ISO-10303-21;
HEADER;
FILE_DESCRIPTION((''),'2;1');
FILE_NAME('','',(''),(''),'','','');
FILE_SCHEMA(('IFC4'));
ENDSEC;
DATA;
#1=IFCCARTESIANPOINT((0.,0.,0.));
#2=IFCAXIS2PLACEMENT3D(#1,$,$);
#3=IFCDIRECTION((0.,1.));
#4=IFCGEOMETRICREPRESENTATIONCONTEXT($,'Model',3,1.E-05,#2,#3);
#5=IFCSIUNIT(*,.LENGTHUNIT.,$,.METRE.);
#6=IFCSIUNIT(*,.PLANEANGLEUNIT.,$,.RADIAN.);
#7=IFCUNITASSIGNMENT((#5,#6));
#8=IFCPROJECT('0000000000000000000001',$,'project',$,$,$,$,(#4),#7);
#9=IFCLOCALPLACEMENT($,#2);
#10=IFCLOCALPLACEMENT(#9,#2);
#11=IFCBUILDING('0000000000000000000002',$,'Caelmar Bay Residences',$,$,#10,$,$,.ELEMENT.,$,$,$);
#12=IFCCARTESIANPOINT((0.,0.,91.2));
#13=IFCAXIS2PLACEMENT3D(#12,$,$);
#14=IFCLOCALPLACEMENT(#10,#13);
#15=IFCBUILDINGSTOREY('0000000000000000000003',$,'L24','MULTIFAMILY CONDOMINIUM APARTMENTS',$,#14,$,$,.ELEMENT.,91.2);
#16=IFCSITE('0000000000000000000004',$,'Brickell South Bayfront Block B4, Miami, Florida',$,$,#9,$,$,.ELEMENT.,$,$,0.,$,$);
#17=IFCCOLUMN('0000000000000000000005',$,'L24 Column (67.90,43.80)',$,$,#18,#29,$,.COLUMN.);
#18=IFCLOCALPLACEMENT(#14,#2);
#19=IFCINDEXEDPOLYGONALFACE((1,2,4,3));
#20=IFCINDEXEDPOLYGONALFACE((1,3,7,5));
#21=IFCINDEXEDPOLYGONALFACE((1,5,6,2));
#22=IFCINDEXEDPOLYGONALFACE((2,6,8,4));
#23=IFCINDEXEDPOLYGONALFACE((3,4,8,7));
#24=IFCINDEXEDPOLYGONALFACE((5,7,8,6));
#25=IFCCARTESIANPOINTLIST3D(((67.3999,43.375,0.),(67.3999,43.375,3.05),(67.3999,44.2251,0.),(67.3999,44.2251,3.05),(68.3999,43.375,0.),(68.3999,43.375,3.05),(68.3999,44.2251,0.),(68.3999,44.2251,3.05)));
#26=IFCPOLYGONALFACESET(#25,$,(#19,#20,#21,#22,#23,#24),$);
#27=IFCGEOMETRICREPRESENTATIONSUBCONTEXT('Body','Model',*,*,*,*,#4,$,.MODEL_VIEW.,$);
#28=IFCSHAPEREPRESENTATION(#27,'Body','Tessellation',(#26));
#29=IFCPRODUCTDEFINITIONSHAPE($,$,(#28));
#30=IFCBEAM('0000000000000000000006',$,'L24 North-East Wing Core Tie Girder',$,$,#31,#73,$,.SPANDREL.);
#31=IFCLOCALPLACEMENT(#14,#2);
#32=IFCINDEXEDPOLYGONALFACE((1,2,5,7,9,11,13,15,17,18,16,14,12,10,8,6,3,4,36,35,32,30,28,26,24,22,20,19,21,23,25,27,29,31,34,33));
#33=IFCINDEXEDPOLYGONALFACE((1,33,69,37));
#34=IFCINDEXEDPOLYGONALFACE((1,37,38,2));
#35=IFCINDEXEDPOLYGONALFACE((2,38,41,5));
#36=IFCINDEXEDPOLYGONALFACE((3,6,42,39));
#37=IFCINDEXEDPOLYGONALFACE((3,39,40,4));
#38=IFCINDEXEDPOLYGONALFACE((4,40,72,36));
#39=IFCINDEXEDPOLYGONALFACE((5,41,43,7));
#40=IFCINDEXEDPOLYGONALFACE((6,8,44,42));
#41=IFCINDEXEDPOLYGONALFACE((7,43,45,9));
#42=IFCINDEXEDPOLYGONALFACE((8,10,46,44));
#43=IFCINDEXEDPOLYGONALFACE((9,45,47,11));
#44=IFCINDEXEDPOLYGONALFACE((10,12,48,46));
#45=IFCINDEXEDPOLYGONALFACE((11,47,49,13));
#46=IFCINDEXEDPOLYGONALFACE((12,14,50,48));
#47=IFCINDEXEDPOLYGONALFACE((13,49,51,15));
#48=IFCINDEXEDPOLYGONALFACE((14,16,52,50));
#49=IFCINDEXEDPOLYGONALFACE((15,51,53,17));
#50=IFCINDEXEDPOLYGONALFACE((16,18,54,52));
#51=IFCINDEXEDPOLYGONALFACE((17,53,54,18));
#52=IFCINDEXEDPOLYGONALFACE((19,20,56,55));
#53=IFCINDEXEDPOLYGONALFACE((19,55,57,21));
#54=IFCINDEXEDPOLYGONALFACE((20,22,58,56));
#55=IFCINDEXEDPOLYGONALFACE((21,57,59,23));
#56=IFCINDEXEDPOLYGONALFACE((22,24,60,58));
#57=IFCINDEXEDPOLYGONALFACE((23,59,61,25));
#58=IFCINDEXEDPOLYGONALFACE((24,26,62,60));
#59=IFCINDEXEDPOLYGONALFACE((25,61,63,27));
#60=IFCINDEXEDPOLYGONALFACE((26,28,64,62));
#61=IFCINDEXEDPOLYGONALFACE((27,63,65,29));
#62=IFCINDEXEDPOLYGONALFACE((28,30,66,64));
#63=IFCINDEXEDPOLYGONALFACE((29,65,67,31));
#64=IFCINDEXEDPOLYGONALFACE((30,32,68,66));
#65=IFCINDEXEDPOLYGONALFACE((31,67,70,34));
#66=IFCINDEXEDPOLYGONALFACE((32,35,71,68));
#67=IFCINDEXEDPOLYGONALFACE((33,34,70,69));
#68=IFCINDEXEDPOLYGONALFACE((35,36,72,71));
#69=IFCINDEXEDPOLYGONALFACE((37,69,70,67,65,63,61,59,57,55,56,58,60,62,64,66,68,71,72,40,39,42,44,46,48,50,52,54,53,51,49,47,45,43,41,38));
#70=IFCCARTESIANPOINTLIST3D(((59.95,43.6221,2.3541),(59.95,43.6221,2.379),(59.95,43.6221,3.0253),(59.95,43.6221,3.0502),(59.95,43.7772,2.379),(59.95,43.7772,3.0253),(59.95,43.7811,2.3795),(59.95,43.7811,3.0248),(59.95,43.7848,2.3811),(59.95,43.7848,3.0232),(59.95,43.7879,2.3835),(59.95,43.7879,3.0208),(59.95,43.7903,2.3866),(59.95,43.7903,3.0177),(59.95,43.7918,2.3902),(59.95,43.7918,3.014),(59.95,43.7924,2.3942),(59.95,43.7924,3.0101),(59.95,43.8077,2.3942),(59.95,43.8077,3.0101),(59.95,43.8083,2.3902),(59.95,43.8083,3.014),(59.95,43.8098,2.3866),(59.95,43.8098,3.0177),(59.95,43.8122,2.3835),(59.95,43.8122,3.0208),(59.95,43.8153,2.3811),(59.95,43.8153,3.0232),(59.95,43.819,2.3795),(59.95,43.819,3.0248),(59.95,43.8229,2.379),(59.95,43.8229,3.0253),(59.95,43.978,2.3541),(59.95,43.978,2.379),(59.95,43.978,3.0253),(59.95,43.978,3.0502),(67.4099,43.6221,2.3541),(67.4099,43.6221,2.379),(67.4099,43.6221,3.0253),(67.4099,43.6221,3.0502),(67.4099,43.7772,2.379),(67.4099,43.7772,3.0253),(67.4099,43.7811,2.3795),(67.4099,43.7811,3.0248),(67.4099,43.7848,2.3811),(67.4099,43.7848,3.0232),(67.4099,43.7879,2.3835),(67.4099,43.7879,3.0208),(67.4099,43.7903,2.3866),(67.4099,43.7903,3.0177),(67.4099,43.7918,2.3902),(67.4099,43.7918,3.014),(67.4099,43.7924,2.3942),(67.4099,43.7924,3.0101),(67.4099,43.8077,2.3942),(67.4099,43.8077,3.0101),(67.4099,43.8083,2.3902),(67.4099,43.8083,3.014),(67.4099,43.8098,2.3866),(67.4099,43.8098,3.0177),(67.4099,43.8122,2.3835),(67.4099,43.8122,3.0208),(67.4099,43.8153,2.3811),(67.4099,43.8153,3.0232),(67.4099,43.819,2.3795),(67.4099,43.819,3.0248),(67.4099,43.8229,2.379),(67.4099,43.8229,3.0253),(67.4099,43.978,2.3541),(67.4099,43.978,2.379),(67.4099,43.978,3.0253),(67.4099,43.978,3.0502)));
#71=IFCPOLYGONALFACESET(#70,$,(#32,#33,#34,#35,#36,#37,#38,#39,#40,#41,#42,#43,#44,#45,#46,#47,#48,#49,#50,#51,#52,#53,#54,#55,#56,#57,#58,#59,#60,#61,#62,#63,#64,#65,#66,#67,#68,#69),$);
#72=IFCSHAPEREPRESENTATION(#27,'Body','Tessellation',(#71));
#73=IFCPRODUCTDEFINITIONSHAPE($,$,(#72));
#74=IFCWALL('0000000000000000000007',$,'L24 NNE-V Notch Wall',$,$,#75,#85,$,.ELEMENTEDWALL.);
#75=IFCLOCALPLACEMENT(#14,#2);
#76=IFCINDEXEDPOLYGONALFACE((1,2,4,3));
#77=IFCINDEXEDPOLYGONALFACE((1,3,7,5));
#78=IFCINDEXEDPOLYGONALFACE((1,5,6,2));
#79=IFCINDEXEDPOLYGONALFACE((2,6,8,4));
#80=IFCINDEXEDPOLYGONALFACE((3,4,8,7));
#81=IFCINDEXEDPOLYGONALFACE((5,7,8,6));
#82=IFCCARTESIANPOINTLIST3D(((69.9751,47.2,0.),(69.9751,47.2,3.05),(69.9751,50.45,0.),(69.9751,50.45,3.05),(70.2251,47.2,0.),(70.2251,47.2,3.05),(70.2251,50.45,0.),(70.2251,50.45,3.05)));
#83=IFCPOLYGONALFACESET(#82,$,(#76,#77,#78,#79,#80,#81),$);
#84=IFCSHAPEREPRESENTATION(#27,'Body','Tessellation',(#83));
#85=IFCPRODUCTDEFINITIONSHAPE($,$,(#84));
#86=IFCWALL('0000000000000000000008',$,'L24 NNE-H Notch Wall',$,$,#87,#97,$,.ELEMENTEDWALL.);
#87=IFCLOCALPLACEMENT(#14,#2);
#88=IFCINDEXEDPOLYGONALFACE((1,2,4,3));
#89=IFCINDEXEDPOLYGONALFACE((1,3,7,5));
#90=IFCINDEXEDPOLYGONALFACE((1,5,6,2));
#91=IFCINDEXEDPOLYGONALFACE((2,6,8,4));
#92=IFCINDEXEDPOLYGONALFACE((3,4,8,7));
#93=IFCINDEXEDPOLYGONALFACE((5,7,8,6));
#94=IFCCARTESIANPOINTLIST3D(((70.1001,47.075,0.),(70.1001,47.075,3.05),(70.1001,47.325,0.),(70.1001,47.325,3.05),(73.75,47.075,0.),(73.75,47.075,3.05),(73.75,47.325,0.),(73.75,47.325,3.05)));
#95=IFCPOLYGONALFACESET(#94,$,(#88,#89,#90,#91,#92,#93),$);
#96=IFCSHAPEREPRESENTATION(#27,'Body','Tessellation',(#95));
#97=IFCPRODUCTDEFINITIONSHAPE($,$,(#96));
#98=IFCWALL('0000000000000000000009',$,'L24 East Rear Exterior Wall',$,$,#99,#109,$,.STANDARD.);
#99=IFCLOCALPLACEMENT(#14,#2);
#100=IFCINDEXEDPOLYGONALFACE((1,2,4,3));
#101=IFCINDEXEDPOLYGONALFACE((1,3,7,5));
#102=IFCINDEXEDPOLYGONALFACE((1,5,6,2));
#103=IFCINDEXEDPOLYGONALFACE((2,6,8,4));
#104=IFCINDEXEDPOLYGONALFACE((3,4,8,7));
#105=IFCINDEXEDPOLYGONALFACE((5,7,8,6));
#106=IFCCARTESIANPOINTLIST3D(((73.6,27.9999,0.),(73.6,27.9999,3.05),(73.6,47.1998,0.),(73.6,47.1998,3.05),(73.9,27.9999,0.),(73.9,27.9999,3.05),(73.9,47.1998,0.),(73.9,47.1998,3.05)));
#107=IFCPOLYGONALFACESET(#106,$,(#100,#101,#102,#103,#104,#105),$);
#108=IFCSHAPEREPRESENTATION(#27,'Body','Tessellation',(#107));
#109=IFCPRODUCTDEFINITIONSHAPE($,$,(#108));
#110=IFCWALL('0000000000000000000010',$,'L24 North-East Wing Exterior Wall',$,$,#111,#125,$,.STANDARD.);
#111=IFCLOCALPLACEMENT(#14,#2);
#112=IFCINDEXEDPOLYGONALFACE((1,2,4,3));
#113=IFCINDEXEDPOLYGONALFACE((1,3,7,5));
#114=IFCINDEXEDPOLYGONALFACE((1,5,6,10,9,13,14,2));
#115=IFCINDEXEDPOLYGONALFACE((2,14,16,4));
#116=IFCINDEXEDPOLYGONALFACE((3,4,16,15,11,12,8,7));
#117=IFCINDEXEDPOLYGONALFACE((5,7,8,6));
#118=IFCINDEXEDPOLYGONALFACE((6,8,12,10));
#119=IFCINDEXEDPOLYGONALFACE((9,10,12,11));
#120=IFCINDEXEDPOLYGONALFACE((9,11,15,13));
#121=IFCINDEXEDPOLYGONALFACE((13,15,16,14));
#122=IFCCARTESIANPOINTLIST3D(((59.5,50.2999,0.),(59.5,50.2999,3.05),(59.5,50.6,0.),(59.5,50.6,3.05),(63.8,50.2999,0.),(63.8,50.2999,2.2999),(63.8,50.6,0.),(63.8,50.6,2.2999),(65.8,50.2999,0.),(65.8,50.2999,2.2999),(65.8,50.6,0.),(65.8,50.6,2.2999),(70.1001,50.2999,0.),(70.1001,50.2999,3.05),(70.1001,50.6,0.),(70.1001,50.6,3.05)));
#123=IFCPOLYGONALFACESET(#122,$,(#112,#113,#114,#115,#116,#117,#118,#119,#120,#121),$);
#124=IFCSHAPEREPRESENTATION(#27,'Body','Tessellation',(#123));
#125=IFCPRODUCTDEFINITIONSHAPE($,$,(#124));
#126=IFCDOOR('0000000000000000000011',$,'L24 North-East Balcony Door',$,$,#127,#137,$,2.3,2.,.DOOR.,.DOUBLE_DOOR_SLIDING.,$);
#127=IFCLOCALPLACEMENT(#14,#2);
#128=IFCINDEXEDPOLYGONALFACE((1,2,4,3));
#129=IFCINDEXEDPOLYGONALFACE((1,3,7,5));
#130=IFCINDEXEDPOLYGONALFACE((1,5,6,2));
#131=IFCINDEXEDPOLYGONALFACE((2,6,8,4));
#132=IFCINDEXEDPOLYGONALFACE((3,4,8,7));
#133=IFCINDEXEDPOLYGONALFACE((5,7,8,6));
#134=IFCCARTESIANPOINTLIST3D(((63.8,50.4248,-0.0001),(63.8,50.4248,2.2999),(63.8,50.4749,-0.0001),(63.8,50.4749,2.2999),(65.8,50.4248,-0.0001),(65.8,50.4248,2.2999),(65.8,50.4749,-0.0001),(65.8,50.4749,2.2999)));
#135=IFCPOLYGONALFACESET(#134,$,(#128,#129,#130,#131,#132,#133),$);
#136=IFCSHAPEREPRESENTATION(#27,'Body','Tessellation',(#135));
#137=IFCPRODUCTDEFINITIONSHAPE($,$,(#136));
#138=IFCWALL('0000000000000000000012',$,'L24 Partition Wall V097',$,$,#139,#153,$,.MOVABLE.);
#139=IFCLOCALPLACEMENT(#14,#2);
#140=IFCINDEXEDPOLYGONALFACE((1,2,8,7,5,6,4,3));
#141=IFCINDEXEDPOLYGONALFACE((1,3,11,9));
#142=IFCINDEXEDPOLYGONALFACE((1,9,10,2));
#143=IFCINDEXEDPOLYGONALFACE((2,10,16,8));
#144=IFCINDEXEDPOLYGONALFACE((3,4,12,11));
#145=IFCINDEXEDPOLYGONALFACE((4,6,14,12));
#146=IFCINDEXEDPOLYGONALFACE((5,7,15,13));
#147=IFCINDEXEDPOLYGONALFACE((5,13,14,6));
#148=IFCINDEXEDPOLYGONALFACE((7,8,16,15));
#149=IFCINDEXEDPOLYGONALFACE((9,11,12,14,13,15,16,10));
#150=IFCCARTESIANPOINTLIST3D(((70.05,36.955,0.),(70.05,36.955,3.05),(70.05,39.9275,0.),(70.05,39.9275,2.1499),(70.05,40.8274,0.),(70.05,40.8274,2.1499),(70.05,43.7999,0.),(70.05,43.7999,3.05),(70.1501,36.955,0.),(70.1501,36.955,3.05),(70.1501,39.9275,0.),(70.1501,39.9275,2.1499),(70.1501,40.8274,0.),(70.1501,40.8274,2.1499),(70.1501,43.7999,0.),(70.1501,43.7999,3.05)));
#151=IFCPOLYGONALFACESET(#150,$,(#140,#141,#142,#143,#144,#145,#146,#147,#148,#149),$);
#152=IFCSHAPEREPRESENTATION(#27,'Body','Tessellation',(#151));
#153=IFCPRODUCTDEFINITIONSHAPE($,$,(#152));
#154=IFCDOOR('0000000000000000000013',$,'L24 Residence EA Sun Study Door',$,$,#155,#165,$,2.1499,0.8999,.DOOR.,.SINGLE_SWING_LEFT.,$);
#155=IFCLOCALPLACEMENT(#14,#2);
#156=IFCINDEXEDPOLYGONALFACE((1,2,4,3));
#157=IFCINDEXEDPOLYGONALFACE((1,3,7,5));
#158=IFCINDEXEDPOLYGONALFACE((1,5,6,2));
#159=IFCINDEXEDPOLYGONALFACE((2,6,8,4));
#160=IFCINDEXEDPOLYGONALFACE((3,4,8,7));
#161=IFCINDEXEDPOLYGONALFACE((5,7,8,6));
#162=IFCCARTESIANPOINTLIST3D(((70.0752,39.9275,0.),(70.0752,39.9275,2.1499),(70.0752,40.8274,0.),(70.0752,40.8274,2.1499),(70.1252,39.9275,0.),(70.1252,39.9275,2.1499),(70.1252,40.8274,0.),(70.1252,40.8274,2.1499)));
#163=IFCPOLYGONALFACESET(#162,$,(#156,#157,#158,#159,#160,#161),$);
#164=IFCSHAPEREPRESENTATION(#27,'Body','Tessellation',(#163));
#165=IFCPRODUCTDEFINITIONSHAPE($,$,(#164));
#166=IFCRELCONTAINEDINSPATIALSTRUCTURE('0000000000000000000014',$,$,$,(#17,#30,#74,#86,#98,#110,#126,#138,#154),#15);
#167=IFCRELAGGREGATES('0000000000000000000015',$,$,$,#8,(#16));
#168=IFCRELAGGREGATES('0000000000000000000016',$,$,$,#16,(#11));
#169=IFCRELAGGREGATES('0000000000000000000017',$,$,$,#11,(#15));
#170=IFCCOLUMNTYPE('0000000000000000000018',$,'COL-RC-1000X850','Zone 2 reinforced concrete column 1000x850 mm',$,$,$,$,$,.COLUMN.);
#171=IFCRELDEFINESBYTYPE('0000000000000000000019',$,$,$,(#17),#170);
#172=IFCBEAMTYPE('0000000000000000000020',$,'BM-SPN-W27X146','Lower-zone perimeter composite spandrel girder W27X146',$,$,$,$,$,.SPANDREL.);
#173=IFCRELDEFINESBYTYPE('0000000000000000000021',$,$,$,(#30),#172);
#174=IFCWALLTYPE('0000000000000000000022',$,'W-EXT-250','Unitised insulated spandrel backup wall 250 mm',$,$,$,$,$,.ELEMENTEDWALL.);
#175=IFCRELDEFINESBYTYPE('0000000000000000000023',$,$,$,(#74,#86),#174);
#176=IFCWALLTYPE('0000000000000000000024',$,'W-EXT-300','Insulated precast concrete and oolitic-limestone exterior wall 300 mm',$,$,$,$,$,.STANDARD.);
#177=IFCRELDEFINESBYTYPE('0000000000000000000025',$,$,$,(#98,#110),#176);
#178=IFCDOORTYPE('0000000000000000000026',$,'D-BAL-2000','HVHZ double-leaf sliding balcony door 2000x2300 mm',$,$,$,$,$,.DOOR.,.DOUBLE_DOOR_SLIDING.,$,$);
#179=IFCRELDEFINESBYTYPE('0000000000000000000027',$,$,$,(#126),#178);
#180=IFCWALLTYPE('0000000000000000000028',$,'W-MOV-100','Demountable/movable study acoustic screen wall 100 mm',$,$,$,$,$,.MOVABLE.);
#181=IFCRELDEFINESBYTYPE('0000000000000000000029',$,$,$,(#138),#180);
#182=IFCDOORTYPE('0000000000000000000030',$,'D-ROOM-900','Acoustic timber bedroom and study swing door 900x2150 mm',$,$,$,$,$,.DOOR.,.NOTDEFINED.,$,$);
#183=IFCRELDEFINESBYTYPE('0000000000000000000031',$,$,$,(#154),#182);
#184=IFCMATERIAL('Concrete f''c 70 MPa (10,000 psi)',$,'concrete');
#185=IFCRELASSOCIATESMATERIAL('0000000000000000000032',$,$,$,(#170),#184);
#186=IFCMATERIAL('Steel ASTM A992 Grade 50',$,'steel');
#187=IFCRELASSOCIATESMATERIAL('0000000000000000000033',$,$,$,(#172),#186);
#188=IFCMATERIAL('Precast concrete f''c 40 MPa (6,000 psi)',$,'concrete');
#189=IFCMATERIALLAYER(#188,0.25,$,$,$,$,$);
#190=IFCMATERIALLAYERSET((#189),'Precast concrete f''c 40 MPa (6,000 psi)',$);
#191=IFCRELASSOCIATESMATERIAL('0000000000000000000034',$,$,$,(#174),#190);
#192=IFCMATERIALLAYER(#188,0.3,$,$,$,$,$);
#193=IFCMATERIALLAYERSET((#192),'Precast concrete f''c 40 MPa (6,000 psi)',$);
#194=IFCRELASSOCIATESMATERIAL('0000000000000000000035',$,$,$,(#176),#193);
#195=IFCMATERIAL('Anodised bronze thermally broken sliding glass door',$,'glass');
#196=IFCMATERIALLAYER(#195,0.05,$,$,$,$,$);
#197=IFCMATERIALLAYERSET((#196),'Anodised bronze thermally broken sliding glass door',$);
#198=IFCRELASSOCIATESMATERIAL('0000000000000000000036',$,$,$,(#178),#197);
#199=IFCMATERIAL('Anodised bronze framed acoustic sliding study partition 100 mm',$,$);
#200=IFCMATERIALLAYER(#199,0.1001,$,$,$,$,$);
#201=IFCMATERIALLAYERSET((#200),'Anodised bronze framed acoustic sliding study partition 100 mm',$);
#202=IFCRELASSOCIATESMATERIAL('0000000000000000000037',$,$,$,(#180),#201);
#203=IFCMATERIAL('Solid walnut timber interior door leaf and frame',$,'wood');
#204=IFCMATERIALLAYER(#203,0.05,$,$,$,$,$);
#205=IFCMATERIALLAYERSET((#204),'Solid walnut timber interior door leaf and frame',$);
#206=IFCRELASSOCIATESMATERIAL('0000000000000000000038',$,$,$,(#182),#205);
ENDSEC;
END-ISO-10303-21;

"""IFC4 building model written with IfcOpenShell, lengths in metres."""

from ifc_helpers import new_model, si_unit, direction, frame, frame_2d, origin, origin_2d, place, context, subcontext, project, spatial, rectangle, i_section, extrude, material, layer, layer_set, material_profile, profile_set, type_object, element, fill, save


model = new_model("IFC4")

# Units and contexts
model_context = context("Model", 3, precision=1e-05, world=origin(), true_north=direction((0.0, 1.0)))
body_context = subcontext(model_context, "Body", "Model", "MODEL_VIEW")
ifc_project = project(units=[si_unit("LENGTHUNIT", "METRE"), si_unit("PLANEANGLEUNIT", "RADIAN")], contexts=[model_context])

# Site, building, storey
site_placement = place(None, origin())
site = spatial("IfcSite", under=ifc_project, at=site_placement, Name="Brickell South Bayfront Block B4, Miami, Florida", CompositionType="ELEMENT", RefElevation=0.0)
building_placement = place(site_placement, origin())
building = spatial("IfcBuilding", under=site, at=building_placement, Name="Caelmar Bay Residences", CompositionType="ELEMENT")
storey_placement = place(building_placement, frame((0.0, 0.0, 91.2)))
storey = spatial("IfcBuildingStorey", under=building, at=storey_placement, Name="L24", Description="MULTIFAMILY CONDOMINIUM APARTMENTS", CompositionType="ELEMENT", Elevation=91.2)

# Column
ifc_material_1 = material(Name="Concrete f'c 70 MPa (10,000 psi)", Category="concrete")
ifc_material_profile_1 = material_profile(ifc_material_1, rectangle(XDim=1.0, YDim=0.8501, at=origin_2d()), Name="RC-COL-1000X850")
ifc_profile_set_1 = profile_set([ifc_material_profile_1], Name="Concrete f'c 70 MPa (10,000 psi)")
column_type = type_object("IfcColumnType", Name="COL-RC-1000X850", Description="Zone 2 reinforced concrete column 1000x850 mm", PredefinedType="COLUMN", material=ifc_profile_set_1)
column_placement = place(storey_placement, frame((67.8999, 43.8, 0.0), z_axis=(0.0, 0.0, 1.0), x_axis=(1.0, 0.0, 0.0)))
element("IfcColumn", 1, at=column_placement, inside=storey, type_object=column_type, Name="L24 Column (67.90,43.80)", PredefinedType="COLUMN", context=body_context, shape_type="SweptSolid", body=[
    extrude(rectangle(XDim=1.0, YDim=0.8501, at=origin_2d()), origin(), (0.0, 0.0, 1.0), 3.05),
])

# Beam
ifc_material_2 = material(Name="Steel ASTM A992 Grade 50", Category="steel")
ifc_material_profile_2 = material_profile(ifc_material_2, i_section(OverallWidth=0.356, OverallDepth=0.696, WebThickness=0.0154, FlangeThickness=0.0249, FilletRadius=0.0151, at=origin_2d()), Name="W27X146")
ifc_profile_set_2 = profile_set([ifc_material_profile_2], Name="Steel ASTM A992 Grade 50")
beam_type = type_object("IfcBeamType", Name="BM-SPN-W27X146", Description="Lower-zone perimeter composite spandrel girder W27X146", PredefinedType="SPANDREL", material=ifc_profile_set_2)
beam_placement = place(storey_placement, frame((59.95, 43.8, 2.7021), z_axis=(1.0, 0.0, 0.0), x_axis=(0.0, 1.0, 0.0)))
element("IfcBeam", 2, at=beam_placement, inside=storey, type_object=beam_type, Name="L24 North-East Wing Core Tie Girder", PredefinedType="SPANDREL", context=body_context, shape_type="SweptSolid", body=[
    extrude(i_section(OverallWidth=0.356, OverallDepth=0.696, WebThickness=0.0154, FlangeThickness=0.0249, FilletRadius=0.0151, at=origin_2d()), origin(), (0.0, 0.0, 1.0), 7.46),
])

# Walls
ifc_material_3 = material(Name="Precast concrete f'c 40 MPa (6,000 psi)", Category="concrete")
ifc_layer_1 = layer(ifc_material_3, 0.25)
ifc_layer_set_1 = layer_set([ifc_layer_1], Name="Precast concrete f'c 40 MPa (6,000 psi)")
wall_type_1 = type_object("IfcWallType", Name="W-EXT-250", Description="Unitised insulated spandrel backup wall 250 mm", PredefinedType="ELEMENTEDWALL", material=ifc_layer_set_1)
wall_1_placement = place(storey_placement, frame((70.1001, 50.45, 0.0), z_axis=(0.0, 0.0, 1.0), x_axis=(0.0, -1.0, 0.0)))
element("IfcWall", 3, at=wall_1_placement, inside=storey, type_object=wall_type_1, Name="L24 NNE-V Notch Wall", PredefinedType="ELEMENTEDWALL", context=body_context, shape_type="SweptSolid", body=[
    extrude(rectangle(XDim=3.25, YDim=0.25, at=frame_2d((1.625, 0.0))), origin(), (0.0, 0.0, 1.0), 3.05),
])
wall_2_placement = place(storey_placement, frame((70.1001, 47.2, 0.0), z_axis=(0.0, 0.0, 1.0), x_axis=(1.0, 0.0, 0.0)))
element("IfcWall", 4, at=wall_2_placement, inside=storey, type_object=wall_type_1, Name="L24 NNE-H Notch Wall", PredefinedType="ELEMENTEDWALL", context=body_context, shape_type="SweptSolid", body=[
    extrude(rectangle(XDim=3.6499, YDim=0.25, at=frame_2d((1.825, 0.0))), origin(), (0.0, 0.0, 1.0), 3.05),
])
ifc_layer_2 = layer(ifc_material_3, 0.3)
ifc_layer_set_2 = layer_set([ifc_layer_2], Name="Precast concrete f'c 40 MPa (6,000 psi)")
wall_type_2 = type_object("IfcWallType", Name="W-EXT-300", Description="Insulated precast concrete and oolitic-limestone exterior wall 300 mm", PredefinedType="STANDARD", material=ifc_layer_set_2)
wall_3_placement = place(storey_placement, frame((73.75, 47.2, 0.0), z_axis=(0.0, 0.0, 1.0), x_axis=(0.0, -1.0, 0.0)))
element("IfcWall", 5, at=wall_3_placement, inside=storey, type_object=wall_type_2, Name="L24 East Rear Exterior Wall", PredefinedType="STANDARD", context=body_context, shape_type="SweptSolid", body=[
    extrude(rectangle(XDim=19.2, YDim=0.3, at=frame_2d((9.6001, 0.0))), origin(), (0.0, 0.0, 1.0), 3.05),
])

# Walls, openings, doors
wall_4_placement = place(storey_placement, frame((59.5, 50.45, 0.0), z_axis=(0.0, 0.0, 1.0), x_axis=(1.0, 0.0, 0.0)))
wall_4 = element("IfcWall", 6, at=wall_4_placement, inside=storey, type_object=wall_type_2, Name="L24 North-East Wing Exterior Wall", PredefinedType="STANDARD", context=body_context, shape_type="SweptSolid", body=[
    extrude(rectangle(XDim=10.6001, YDim=0.3, at=frame_2d((5.3, 0.0))), origin(), (0.0, 0.0, 1.0), 3.05),
])
opening_1_placement = place(wall_4_placement, frame((4.3, 0.0, 0.0)))
opening_1 = element("IfcOpeningElement", 7, at=opening_1_placement, cuts=wall_4, PredefinedType="OPENING", context=body_context, shape_type="SweptSolid", body=[
    extrude(rectangle(XDim=2.0, YDim=2.3, at=frame_2d((1.0, 1.1499))), frame((0.0, 0.1599, 0.0), z_axis=(0.0, -1.0, 0.0), x_axis=(1.0, 0.0, 0.0)), (0.0, 0.0, 1.0), 0.3201),
])
ifc_material_4 = material(Name="Anodised bronze thermally broken sliding glass door", Category="glass")
ifc_layer_3 = layer(ifc_material_4, 0.05)
ifc_layer_set_3 = layer_set([ifc_layer_3], Name="Anodised bronze thermally broken sliding glass door")
door_type_1 = type_object("IfcDoorType", Name="D-BAL-2000", Description="HVHZ double-leaf sliding balcony door 2000x2300 mm", OperationType="DOUBLE_DOOR_SLIDING", PredefinedType="DOOR", material=ifc_layer_set_3)
door_1_placement = place(opening_1_placement, origin())
door_1 = element("IfcDoor", 8, at=door_1_placement, inside=storey, type_object=door_type_1, Name="L24 North-East Balcony Door", OperationType="DOUBLE_DOOR_SLIDING", OverallHeight=2.3, OverallWidth=2.0, PredefinedType="DOOR", context=body_context, shape_type="SweptSolid", body=[
    extrude(rectangle(XDim=2.0, YDim=2.3, at=frame_2d((1.0, 1.1499))), frame((0.0, 0.0249, 0.0), z_axis=(0.0, -1.0, 0.0), x_axis=(1.0, 0.0, 0.0)), (0.0, 0.0, 1.0), 0.05),
])
fill(opening_1, door_1)
ifc_material_5 = material(Name="Anodised bronze framed acoustic sliding study partition 100 mm")
ifc_layer_4 = layer(ifc_material_5, 0.1001)
ifc_layer_set_4 = layer_set([ifc_layer_4], Name="Anodised bronze framed acoustic sliding study partition 100 mm")
wall_type_3 = type_object("IfcWallType", Name="W-MOV-100", Description="Demountable/movable study acoustic screen wall 100 mm", PredefinedType="MOVABLE", material=ifc_layer_set_4)
wall_5_placement = place(storey_placement, frame((70.1001, 36.9551, 0.0), z_axis=(0.0, 0.0, 1.0), x_axis=(0.0, 1.0, 0.0)))
wall_5 = element("IfcWall", 9, at=wall_5_placement, inside=storey, type_object=wall_type_3, Name="L24 Partition Wall V097", PredefinedType="MOVABLE", context=body_context, shape_type="SweptSolid", body=[
    extrude(rectangle(XDim=6.845, YDim=0.1001, at=frame_2d((3.4224, 0.0))), origin(), (0.0, 0.0, 1.0), 3.05),
])
opening_2_placement = place(wall_5_placement, frame((2.9724, 0.0, 0.0)))
opening_2 = element("IfcOpeningElement", 10, at=opening_2_placement, cuts=wall_5, PredefinedType="OPENING", context=body_context, shape_type="SweptSolid", body=[
    extrude(rectangle(XDim=0.8999, YDim=2.1499, at=frame_2d((0.45, 1.075))), frame((0.0, 0.0601, 0.0), z_axis=(0.0, -1.0, 0.0), x_axis=(1.0, 0.0, 0.0)), (0.0, 0.0, 1.0), 0.1201),
])
ifc_material_6 = material(Name="Solid walnut timber interior door leaf and frame", Category="wood")
ifc_layer_5 = layer(ifc_material_6, 0.05)
ifc_layer_set_5 = layer_set([ifc_layer_5], Name="Solid walnut timber interior door leaf and frame")
door_type_2 = type_object("IfcDoorType", Name="D-ROOM-900", Description="Acoustic timber bedroom and study swing door 900x2150 mm", OperationType="NOTDEFINED", PredefinedType="DOOR", material=ifc_layer_set_5)
door_2_placement = place(opening_2_placement, origin())
door_2 = element("IfcDoor", 11, at=door_2_placement, inside=storey, type_object=door_type_2, Name="L24 Residence EA Sun Study Door", OperationType="SINGLE_SWING_LEFT", OverallHeight=2.1499, OverallWidth=0.8999, PredefinedType="DOOR", context=body_context, shape_type="SweptSolid", body=[
    extrude(rectangle(XDim=0.8999, YDim=2.1499, at=frame_2d((0.45, 1.075))), frame((0.0, 0.0249, 0.0), z_axis=(0.0, -1.0, 0.0), x_axis=(1.0, 0.0, 0.0)), (0.0, 0.0, 1.0), 0.05),
])
fill(opening_2, door_2)

save(model, "model.ifc")
